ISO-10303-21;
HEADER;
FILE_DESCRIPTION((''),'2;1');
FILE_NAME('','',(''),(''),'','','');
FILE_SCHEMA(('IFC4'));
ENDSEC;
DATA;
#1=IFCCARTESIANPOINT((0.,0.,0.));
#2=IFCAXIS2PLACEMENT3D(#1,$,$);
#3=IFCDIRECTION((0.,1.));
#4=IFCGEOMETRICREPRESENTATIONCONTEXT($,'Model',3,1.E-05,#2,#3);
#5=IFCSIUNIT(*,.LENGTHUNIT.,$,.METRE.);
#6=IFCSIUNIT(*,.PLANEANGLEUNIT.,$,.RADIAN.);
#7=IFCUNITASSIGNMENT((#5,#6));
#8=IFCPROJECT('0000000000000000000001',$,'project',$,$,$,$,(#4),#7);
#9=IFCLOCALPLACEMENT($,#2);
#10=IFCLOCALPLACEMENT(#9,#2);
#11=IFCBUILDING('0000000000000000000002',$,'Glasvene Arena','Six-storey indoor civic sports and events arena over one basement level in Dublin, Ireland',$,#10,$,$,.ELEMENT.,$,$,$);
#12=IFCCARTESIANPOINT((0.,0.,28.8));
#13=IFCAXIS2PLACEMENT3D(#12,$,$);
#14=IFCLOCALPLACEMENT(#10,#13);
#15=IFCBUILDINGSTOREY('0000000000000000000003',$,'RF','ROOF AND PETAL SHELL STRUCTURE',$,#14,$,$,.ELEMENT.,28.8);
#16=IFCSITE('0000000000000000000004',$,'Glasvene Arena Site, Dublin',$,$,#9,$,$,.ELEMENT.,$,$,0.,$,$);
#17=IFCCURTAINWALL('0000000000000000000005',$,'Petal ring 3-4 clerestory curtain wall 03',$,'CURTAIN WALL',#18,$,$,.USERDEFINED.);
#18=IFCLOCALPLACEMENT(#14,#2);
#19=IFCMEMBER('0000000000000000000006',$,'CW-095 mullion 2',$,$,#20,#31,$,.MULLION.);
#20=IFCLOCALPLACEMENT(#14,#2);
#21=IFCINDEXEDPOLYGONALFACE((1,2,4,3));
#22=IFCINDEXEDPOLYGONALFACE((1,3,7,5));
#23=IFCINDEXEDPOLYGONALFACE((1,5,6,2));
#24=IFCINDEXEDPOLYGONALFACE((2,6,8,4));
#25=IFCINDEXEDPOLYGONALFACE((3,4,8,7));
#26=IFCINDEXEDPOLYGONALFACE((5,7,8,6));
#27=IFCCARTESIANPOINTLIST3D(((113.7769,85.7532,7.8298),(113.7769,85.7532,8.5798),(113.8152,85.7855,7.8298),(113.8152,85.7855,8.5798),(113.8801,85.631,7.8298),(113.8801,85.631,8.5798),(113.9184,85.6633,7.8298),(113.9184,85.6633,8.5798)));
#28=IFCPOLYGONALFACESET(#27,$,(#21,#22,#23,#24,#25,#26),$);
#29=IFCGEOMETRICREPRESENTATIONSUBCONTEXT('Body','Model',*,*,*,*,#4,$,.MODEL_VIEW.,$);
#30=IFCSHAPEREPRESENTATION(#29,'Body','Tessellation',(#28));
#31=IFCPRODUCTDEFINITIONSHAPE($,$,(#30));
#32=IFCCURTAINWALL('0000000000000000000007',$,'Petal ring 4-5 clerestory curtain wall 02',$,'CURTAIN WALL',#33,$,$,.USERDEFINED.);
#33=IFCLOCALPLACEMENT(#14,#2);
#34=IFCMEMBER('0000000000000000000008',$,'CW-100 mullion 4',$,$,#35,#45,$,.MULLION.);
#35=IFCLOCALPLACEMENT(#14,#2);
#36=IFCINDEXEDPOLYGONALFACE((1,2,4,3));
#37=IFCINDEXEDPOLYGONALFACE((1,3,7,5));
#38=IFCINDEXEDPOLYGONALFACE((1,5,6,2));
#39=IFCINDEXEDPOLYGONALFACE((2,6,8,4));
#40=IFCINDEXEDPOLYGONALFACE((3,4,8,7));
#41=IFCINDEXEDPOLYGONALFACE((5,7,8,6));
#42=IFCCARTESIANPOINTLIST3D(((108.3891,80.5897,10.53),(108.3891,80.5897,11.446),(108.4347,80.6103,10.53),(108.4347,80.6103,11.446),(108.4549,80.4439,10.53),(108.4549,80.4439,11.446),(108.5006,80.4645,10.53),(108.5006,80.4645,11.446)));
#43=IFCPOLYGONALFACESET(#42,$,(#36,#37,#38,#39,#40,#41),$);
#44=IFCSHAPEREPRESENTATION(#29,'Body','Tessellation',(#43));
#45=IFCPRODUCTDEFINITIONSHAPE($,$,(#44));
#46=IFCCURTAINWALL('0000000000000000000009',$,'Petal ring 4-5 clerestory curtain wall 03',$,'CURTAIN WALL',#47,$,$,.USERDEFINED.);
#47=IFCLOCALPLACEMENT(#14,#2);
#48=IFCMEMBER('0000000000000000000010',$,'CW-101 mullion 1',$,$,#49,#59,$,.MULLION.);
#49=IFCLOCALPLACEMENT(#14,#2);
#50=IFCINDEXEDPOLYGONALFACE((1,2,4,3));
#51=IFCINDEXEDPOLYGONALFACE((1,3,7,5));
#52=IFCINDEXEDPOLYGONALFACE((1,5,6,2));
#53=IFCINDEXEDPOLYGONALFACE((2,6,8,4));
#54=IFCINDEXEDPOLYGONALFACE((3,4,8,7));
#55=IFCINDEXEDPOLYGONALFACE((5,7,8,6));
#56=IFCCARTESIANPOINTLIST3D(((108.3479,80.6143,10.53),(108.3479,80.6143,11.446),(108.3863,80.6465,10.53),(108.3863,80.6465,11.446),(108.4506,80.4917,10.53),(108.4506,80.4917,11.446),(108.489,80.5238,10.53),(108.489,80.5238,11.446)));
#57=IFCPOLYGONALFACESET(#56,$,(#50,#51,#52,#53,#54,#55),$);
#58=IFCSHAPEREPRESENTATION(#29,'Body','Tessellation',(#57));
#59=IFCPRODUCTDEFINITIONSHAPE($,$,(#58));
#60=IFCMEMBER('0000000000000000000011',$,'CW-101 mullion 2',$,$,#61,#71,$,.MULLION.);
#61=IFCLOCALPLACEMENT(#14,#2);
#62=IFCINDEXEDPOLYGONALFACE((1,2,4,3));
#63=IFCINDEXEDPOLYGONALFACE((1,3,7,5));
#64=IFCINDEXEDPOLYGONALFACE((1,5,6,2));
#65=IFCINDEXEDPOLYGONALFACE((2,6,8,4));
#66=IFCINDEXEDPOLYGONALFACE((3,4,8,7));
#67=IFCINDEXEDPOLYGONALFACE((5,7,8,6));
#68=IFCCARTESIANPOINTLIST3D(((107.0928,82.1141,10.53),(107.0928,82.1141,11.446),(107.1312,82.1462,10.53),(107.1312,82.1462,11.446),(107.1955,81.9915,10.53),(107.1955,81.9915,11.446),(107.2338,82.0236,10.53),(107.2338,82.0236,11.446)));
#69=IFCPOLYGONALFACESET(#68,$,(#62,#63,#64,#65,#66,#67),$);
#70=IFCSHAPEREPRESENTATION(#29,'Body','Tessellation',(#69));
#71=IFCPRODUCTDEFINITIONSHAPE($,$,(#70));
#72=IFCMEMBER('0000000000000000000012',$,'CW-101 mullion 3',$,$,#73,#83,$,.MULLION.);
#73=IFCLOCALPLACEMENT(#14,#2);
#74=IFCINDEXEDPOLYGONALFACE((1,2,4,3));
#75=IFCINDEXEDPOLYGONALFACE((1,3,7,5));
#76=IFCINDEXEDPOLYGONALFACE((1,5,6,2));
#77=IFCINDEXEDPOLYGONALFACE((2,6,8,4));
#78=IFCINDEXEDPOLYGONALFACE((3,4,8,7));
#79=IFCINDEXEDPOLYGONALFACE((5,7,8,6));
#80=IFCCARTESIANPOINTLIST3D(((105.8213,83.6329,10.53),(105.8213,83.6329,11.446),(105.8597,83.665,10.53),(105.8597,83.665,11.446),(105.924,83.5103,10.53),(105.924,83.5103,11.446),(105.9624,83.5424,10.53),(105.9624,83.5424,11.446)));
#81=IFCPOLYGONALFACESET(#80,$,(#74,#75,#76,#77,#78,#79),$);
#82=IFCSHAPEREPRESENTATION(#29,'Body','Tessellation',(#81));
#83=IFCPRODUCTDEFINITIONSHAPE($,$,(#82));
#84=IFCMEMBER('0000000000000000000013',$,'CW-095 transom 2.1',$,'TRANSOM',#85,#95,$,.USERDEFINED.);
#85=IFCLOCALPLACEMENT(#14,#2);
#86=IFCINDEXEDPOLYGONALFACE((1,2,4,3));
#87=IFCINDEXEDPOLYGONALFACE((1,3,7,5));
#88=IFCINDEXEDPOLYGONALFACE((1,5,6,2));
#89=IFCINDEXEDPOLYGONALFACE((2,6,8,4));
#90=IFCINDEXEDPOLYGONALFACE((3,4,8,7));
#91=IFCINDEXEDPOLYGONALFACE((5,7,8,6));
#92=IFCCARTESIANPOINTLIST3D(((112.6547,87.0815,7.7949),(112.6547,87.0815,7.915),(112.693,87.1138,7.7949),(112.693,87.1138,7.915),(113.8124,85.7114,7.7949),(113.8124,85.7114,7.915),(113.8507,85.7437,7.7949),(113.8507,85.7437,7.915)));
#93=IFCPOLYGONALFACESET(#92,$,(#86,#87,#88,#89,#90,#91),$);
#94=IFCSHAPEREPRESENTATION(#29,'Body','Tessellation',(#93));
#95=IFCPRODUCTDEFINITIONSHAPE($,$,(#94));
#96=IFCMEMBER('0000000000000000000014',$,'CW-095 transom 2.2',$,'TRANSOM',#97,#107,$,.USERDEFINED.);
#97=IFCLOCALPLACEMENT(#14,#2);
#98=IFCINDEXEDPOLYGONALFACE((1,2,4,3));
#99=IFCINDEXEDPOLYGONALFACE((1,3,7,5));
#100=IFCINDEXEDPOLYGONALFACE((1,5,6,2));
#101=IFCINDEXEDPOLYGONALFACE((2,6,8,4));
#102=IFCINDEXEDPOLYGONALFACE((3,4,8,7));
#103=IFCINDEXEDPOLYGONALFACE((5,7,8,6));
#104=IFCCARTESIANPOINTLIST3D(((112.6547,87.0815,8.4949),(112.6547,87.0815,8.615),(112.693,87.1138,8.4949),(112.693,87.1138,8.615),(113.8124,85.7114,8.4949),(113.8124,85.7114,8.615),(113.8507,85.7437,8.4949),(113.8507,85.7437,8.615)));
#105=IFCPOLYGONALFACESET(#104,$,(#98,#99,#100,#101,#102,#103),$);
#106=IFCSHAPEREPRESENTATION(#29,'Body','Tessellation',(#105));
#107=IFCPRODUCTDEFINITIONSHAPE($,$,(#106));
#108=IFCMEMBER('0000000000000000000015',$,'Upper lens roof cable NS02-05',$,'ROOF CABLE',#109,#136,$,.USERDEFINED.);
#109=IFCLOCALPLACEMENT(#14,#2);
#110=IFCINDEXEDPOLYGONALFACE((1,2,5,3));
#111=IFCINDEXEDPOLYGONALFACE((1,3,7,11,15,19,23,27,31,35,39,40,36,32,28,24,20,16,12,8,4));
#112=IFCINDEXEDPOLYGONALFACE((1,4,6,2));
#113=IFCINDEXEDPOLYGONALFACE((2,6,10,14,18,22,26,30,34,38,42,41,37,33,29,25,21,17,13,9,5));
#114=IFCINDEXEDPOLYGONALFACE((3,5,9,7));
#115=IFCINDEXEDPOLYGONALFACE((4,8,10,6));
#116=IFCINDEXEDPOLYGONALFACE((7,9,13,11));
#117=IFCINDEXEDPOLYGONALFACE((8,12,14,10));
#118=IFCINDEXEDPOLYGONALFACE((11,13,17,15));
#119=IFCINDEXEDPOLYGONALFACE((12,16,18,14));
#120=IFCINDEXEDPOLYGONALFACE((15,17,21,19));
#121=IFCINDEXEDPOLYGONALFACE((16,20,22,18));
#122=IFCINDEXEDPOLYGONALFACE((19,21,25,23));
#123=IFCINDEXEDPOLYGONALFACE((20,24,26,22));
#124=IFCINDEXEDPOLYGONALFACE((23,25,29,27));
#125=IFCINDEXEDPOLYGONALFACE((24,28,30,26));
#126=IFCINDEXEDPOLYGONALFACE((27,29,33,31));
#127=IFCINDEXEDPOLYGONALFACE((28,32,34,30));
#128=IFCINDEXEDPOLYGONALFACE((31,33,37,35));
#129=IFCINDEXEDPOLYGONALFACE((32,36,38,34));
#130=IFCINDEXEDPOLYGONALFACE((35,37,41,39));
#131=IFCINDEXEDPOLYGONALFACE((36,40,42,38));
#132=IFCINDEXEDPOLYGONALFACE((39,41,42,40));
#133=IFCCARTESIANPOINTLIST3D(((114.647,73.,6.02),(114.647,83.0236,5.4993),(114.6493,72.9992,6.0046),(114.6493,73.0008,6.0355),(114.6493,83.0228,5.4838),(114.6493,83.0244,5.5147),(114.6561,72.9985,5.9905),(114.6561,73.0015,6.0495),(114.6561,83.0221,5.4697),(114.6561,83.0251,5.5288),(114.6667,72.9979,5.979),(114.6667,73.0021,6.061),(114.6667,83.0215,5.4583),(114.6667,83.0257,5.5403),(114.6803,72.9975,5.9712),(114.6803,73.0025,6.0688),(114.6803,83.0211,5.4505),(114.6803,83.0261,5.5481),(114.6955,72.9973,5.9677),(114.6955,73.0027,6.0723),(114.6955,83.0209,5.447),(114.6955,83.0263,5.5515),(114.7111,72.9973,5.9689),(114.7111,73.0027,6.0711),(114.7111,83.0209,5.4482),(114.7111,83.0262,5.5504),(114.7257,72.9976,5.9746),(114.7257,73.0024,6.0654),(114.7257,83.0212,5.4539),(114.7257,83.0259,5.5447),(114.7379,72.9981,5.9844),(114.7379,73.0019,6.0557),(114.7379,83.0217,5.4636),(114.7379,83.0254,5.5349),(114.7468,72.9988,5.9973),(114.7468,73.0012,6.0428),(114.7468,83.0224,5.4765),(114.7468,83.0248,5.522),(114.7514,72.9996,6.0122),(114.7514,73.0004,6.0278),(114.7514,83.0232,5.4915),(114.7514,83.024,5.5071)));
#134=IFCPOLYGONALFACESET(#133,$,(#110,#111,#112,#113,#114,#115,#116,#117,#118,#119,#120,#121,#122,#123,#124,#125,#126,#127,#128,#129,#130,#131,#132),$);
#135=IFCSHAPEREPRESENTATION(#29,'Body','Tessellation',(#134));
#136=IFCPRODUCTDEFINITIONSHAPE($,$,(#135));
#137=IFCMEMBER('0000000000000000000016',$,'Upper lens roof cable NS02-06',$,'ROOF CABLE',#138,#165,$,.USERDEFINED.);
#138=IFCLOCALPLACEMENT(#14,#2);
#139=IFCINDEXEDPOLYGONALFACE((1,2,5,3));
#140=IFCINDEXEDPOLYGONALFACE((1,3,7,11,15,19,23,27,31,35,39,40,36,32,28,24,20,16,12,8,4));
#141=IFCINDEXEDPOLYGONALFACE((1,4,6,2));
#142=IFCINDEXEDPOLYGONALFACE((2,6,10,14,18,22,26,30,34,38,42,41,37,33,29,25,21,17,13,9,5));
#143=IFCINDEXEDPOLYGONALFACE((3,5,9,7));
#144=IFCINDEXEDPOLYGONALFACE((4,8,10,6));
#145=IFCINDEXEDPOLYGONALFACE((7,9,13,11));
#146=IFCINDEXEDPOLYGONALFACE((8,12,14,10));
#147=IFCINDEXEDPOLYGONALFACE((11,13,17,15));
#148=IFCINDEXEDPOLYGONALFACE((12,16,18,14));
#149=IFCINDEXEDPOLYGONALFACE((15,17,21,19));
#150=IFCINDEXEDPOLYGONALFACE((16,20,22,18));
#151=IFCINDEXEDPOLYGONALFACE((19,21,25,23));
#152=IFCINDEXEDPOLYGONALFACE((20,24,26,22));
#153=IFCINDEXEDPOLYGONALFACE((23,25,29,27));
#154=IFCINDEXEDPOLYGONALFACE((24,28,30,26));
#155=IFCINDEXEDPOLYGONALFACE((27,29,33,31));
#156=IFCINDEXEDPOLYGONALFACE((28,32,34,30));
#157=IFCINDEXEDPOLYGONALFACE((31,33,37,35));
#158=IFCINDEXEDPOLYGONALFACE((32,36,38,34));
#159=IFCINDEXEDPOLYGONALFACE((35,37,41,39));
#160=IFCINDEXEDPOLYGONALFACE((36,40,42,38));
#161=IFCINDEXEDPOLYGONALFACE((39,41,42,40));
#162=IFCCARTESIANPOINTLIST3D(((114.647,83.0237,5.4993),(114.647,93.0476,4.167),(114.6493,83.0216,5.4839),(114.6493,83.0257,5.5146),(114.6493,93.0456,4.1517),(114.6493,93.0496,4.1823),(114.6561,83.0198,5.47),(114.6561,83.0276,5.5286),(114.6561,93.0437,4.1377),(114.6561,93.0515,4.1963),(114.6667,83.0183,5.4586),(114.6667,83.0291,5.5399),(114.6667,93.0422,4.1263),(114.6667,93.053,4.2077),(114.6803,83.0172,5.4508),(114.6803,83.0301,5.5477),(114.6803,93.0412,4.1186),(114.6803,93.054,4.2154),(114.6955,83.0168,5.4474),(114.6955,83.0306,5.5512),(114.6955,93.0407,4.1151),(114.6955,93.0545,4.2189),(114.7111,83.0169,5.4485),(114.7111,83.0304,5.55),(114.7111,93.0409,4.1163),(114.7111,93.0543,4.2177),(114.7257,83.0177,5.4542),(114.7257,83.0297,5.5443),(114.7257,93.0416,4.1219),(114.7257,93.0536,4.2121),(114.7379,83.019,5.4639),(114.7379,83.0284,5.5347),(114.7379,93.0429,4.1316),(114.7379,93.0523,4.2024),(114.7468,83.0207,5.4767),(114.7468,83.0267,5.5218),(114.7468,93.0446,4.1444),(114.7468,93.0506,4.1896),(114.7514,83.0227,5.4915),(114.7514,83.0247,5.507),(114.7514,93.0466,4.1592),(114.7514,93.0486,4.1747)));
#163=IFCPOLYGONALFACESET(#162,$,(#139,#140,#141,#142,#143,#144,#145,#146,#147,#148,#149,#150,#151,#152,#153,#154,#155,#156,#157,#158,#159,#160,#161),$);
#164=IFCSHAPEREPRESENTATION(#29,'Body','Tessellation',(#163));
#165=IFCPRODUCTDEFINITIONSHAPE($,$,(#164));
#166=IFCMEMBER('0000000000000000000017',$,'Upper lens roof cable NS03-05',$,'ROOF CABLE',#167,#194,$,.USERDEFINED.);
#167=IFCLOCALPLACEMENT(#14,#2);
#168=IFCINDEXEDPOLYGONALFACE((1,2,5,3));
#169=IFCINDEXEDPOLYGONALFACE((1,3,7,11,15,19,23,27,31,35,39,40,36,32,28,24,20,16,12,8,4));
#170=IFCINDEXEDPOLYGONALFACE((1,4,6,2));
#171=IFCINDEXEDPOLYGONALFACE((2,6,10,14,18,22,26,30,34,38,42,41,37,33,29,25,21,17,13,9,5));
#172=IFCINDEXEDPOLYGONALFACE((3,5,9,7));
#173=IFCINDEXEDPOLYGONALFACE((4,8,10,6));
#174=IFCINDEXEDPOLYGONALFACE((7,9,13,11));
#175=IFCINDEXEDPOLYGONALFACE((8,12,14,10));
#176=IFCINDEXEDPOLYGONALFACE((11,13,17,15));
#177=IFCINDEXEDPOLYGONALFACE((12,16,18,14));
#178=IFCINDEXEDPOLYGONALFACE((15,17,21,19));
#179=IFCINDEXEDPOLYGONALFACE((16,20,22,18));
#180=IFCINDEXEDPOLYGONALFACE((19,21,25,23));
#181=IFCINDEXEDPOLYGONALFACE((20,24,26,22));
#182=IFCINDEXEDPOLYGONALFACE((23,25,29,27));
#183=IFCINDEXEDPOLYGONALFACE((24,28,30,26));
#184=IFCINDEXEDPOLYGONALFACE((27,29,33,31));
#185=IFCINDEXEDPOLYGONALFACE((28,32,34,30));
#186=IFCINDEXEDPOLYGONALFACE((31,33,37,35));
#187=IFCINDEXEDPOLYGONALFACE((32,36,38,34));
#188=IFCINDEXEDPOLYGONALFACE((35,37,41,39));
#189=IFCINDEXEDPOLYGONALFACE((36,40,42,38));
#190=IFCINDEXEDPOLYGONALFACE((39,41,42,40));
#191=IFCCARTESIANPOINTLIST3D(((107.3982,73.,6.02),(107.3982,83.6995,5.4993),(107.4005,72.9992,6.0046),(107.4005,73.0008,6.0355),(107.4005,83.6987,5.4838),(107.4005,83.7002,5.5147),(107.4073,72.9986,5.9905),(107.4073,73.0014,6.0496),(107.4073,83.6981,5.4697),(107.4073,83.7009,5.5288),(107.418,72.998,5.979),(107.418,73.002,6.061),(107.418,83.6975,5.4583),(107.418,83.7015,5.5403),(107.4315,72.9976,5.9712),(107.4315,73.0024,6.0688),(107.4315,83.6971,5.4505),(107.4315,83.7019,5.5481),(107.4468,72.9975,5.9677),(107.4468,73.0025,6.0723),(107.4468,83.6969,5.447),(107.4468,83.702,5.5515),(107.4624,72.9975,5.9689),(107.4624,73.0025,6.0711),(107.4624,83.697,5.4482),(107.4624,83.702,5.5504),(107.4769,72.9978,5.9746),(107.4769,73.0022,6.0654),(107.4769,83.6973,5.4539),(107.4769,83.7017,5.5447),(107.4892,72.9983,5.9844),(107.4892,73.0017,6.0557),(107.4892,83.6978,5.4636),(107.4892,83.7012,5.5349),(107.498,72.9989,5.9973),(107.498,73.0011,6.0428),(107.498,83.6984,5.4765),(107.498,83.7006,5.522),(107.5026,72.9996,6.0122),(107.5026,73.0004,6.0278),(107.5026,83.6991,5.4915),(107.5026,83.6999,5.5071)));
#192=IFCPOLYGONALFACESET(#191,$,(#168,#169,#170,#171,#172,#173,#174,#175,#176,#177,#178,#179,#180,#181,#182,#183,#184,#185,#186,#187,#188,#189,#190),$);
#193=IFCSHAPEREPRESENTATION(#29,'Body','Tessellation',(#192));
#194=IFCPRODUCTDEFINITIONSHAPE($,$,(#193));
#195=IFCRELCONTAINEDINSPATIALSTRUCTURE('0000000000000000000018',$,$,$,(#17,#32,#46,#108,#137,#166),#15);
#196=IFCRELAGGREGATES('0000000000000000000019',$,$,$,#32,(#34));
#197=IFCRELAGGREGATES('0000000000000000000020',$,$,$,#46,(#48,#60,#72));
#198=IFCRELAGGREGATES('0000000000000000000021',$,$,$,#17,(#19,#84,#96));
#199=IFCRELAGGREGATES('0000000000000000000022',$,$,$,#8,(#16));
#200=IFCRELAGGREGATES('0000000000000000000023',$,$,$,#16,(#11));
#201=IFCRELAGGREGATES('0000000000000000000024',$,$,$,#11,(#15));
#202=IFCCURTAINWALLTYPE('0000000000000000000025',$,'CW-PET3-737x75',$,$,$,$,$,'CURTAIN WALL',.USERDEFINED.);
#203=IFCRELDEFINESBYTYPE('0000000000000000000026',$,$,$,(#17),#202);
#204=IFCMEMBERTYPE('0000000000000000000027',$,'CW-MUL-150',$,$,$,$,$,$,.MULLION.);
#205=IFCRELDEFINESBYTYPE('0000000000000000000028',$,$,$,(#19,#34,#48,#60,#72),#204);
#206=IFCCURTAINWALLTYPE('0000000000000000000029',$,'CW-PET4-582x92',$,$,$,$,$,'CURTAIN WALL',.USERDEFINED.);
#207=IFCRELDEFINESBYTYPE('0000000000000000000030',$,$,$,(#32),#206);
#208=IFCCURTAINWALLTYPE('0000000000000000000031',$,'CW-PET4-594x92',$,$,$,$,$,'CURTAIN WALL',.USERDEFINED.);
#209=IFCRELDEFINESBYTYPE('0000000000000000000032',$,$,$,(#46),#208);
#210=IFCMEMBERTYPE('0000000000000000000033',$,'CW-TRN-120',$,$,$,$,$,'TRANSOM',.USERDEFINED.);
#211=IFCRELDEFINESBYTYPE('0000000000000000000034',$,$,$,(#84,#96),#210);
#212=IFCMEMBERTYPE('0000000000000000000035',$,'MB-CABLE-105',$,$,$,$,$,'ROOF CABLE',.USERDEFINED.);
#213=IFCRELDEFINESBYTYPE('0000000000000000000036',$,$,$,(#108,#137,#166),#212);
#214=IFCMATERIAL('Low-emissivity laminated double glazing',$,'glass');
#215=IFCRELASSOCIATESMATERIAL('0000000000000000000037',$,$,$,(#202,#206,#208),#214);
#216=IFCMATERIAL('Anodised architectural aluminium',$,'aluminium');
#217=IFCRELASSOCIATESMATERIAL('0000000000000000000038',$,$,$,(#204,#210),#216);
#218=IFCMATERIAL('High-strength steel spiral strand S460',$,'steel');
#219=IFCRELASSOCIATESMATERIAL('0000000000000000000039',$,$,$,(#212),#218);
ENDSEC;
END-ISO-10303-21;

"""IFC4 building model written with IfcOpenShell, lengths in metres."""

from ifc_helpers import new_model, si_unit, direction, frame, origin, origin_2d, place, context, subcontext, project, spatial, rectangle, circle, extrude, material, material_profile, profile_set, type_object, element, aggregate, save


model = new_model("IFC4")

# Units and contexts
model_context = context("Model", 3, precision=1e-05, world=origin(), true_north=direction((0.0, 1.0)))
body_context = subcontext(model_context, "Body", "Model", "MODEL_VIEW")
ifc_project = project(units=[si_unit("LENGTHUNIT", "METRE"), si_unit("PLANEANGLEUNIT", "RADIAN")], contexts=[model_context])

# Site, building, storey
site_placement = place(None, origin())
site = spatial("IfcSite", under=ifc_project, at=site_placement, Name="Glasvene Arena Site, Dublin", CompositionType="ELEMENT", RefElevation=0.0)
building_placement = place(site_placement, origin())
building = spatial("IfcBuilding", under=site, at=building_placement, Name="Glasvene Arena", Description="Six-storey indoor civic sports and events arena over one basement level in Dublin, Ireland", CompositionType="ELEMENT")
storey_placement = place(building_placement, frame((0.0, 0.0, 28.8)))
storey = spatial("IfcBuildingStorey", under=building, at=storey_placement, Name="RF", Description="ROOF AND PETAL SHELL STRUCTURE", CompositionType="ELEMENT", Elevation=28.8)

# Curtain walls, members
ifc_material_1 = material(Name="Low-emissivity laminated double glazing", Category="glass")
curtain_wall_type_1 = type_object("IfcCurtainWallType", Name="CW-PET3-737x75", ElementType="CURTAIN WALL", PredefinedType="USERDEFINED", material=ifc_material_1)
curtain_wall_1_placement = place(storey_placement, frame((115.0376, 84.3, 0.0)))
curtain_wall_1 = element("IfcCurtainWall", 1, at=curtain_wall_1_placement, inside=storey, type_object=curtain_wall_type_1, Name="Petal ring 3-4 clerestory curtain wall 03", ObjectType="CURTAIN WALL", PredefinedType="USERDEFINED")
ifc_material_2 = material(Name="Anodised architectural aluminium", Category="aluminium")
ifc_material_profile_1 = material_profile(ifc_material_2, rectangle(XDim=0.05, YDim=0.1599, at=origin_2d()), Name="ALU MULLION 50x160")
ifc_profile_set_1 = profile_set([ifc_material_profile_1], Name="Anodised architectural aluminium")
member_type_1 = type_object("IfcMemberType", Name="CW-MUL-150", PredefinedType="MULLION", material=ifc_profile_set_1)
member_1_placement = place(storey_placement, frame((113.8477, 85.7083, 7.8298), z_axis=(0.0, 0.0, 1.0), x_axis=(-0.76385, -0.645394, 0.0)))
member_1 = element("IfcMember", 2, at=member_1_placement, type_object=member_type_1, Name="CW-095 mullion 2", PredefinedType="MULLION", context=body_context, shape_type="SweptSolid", body=[
    extrude(rectangle(XDim=0.05, YDim=0.1599, at=origin_2d()), origin(), (0.0, 0.0, 1.0), 0.75),
])
curtain_wall_type_2 = type_object("IfcCurtainWallType", Name="CW-PET4-582x92", ElementType="CURTAIN WALL", PredefinedType="USERDEFINED", material=ifc_material_1)
curtain_wall_2_placement = place(storey_placement, frame((110.8323, 75.2439, 0.0)))
curtain_wall_2 = element("IfcCurtainWall", 3, at=curtain_wall_2_placement, inside=storey, type_object=curtain_wall_type_2, Name="Petal ring 4-5 clerestory curtain wall 02", ObjectType="CURTAIN WALL", PredefinedType="USERDEFINED")
member_2_placement = place(storey_placement, frame((108.4448, 80.5271, 10.53), z_axis=(0.0, 0.0, 1.0), x_axis=(-0.911284, -0.411778, 0.0)))
member_2 = element("IfcMember", 4, at=member_2_placement, type_object=member_type_1, Name="CW-100 mullion 4", PredefinedType="MULLION", context=body_context, shape_type="SweptSolid", body=[
    extrude(rectangle(XDim=0.05, YDim=0.1599, at=origin_2d()), origin(), (0.0, 0.0, 1.0), 0.916),
])
aggregate(curtain_wall_2, [member_2])

# Curtain wall, members
curtain_wall_type_3 = type_object("IfcCurtainWallType", Name="CW-PET4-594x92", ElementType="CURTAIN WALL", PredefinedType="USERDEFINED", material=ifc_material_1)
curtain_wall_3_placement = place(storey_placement, frame((108.4346, 80.55, 0.0)))
curtain_wall_3 = element("IfcCurtainWall", 5, at=curtain_wall_3_placement, inside=storey, type_object=curtain_wall_type_3, Name="Petal ring 4-5 clerestory curtain wall 03", ObjectType="CURTAIN WALL", PredefinedType="USERDEFINED")
member_3_placement = place(storey_placement, frame((108.4185, 80.5691, 10.53), z_axis=(0.0, 0.0, 1.0), x_axis=(-0.766805, -0.64188, 0.0)))
member_3 = element("IfcMember", 6, at=member_3_placement, type_object=member_type_1, Name="CW-101 mullion 1", PredefinedType="MULLION", context=body_context, shape_type="SweptSolid", body=[
    extrude(rectangle(XDim=0.05, YDim=0.1599, at=origin_2d()), origin(), (0.0, 0.0, 1.0), 0.916),
])
member_4_placement = place(storey_placement, frame((107.1633, 82.0688, 10.53), z_axis=(0.0, 0.0, 1.0), x_axis=(-0.766805, -0.64188, 0.0)))
member_4 = element("IfcMember", 7, at=member_4_placement, type_object=member_type_1, Name="CW-101 mullion 2", PredefinedType="MULLION", context=body_context, shape_type="SweptSolid", body=[
    extrude(rectangle(XDim=0.05, YDim=0.1599, at=origin_2d()), origin(), (0.0, 0.0, 1.0), 0.916),
])
member_5_placement = place(storey_placement, frame((105.8918, 83.5876, 10.53), z_axis=(0.0, 0.0, 1.0), x_axis=(-0.766805, -0.64188, 0.0)))
member_5 = element("IfcMember", 8, at=member_5_placement, type_object=member_type_1, Name="CW-101 mullion 3", PredefinedType="MULLION", context=body_context, shape_type="SweptSolid", body=[
    extrude(rectangle(XDim=0.05, YDim=0.1599, at=origin_2d()), origin(), (0.0, 0.0, 1.0), 0.916),
])
aggregate(curtain_wall_3, [member_3, member_4, member_5])

# Members
ifc_material_profile_2 = material_profile(ifc_material_2, rectangle(XDim=0.05, YDim=0.1201, at=origin_2d()), Name="ALU TRANSOM 50x120")
ifc_profile_set_2 = profile_set([ifc_material_profile_2], Name="Anodised architectural aluminium")
member_type_2 = type_object("IfcMemberType", Name="CW-TRN-120", ElementType="TRANSOM", PredefinedType="USERDEFINED", material=ifc_profile_set_2)
member_6_placement = place(storey_placement, frame((113.8315, 85.7275, 7.855), z_axis=(-0.645417, 0.76383, 0.0), x_axis=(-0.76383, -0.645417, 0.0)))
member_6 = element("IfcMember", 9, at=member_6_placement, type_object=member_type_2, Name="CW-095 transom 2.1", ObjectType="TRANSOM", PredefinedType="USERDEFINED", context=body_context, shape_type="SweptSolid", body=[
    extrude(rectangle(XDim=0.05, YDim=0.1201, at=origin_2d()), origin(), (0.0, 0.0, 1.0), 1.7937),
])
member_7_placement = place(storey_placement, frame((113.8315, 85.7275, 8.5549), z_axis=(-0.645417, 0.76383, 0.0), x_axis=(-0.76383, -0.645417, 0.0)))
member_7 = element("IfcMember", 10, at=member_7_placement, type_object=member_type_2, Name="CW-095 transom 2.2", ObjectType="TRANSOM", PredefinedType="USERDEFINED", context=body_context, shape_type="SweptSolid", body=[
    extrude(rectangle(XDim=0.05, YDim=0.1201, at=origin_2d()), origin(), (0.0, 0.0, 1.0), 1.7937),
])

# Members
ifc_material_3 = material(Name="High-strength steel spiral strand S460", Category="steel")
ifc_material_profile_3 = material_profile(ifc_material_3, circle(Radius=0.0525, at=origin_2d()), Name="LCSS D105")
ifc_profile_set_3 = profile_set([ifc_material_profile_3], Name="High-strength steel spiral strand S460")
member_type_3 = type_object("IfcMemberType", Name="MB-CABLE-105", ElementType="ROOF CABLE", PredefinedType="USERDEFINED", material=ifc_profile_set_3)
member_8_placement = place(storey_placement, frame((114.6995, 73.0, 6.02), z_axis=(0.0, 0.998653, -0.051882), x_axis=(-1.0, 0.0, 0.0)))
element("IfcMember", 11, at=member_8_placement, inside=storey, type_object=member_type_3, Name="Upper lens roof cable NS02-05", ObjectType="ROOF CABLE", PredefinedType="USERDEFINED", context=body_context, shape_type="SweptSolid", body=[
    extrude(circle(Radius=0.0525, at=origin_2d()), origin(), (0.0, 0.0, 1.0), 10.0371),
])
member_9_placement = place(storey_placement, frame((114.6995, 83.0237, 5.4993), z_axis=(0.0, 0.991283, -0.131751), x_axis=(-1.0, 0.0, 0.0)))
element("IfcMember", 12, at=member_9_placement, inside=storey, type_object=member_type_3, Name="Upper lens roof cable NS02-06", ObjectType="ROOF CABLE", PredefinedType="USERDEFINED", context=body_context, shape_type="SweptSolid", body=[
    extrude(circle(Radius=0.0525, at=origin_2d()), origin(), (0.0, 0.0, 1.0), 10.1121),
])
member_10_placement = place(storey_placement, frame((107.4507, 73.0, 6.02), z_axis=(0.0, 0.998818, -0.048613), x_axis=(-1.0, 0.0, 0.0)))
element("IfcMember", 13, at=member_10_placement, inside=storey, type_object=member_type_3, Name="Upper lens roof cable NS03-05", ObjectType="ROOF CABLE", PredefinedType="USERDEFINED", context=body_context, shape_type="SweptSolid", body=[
    extrude(circle(Radius=0.0525, at=origin_2d()), origin(), (0.0, 0.0, 1.0), 10.7122),
])

aggregate(curtain_wall_1, [member_1, member_6, member_7])

save(model, "model.ifc")
